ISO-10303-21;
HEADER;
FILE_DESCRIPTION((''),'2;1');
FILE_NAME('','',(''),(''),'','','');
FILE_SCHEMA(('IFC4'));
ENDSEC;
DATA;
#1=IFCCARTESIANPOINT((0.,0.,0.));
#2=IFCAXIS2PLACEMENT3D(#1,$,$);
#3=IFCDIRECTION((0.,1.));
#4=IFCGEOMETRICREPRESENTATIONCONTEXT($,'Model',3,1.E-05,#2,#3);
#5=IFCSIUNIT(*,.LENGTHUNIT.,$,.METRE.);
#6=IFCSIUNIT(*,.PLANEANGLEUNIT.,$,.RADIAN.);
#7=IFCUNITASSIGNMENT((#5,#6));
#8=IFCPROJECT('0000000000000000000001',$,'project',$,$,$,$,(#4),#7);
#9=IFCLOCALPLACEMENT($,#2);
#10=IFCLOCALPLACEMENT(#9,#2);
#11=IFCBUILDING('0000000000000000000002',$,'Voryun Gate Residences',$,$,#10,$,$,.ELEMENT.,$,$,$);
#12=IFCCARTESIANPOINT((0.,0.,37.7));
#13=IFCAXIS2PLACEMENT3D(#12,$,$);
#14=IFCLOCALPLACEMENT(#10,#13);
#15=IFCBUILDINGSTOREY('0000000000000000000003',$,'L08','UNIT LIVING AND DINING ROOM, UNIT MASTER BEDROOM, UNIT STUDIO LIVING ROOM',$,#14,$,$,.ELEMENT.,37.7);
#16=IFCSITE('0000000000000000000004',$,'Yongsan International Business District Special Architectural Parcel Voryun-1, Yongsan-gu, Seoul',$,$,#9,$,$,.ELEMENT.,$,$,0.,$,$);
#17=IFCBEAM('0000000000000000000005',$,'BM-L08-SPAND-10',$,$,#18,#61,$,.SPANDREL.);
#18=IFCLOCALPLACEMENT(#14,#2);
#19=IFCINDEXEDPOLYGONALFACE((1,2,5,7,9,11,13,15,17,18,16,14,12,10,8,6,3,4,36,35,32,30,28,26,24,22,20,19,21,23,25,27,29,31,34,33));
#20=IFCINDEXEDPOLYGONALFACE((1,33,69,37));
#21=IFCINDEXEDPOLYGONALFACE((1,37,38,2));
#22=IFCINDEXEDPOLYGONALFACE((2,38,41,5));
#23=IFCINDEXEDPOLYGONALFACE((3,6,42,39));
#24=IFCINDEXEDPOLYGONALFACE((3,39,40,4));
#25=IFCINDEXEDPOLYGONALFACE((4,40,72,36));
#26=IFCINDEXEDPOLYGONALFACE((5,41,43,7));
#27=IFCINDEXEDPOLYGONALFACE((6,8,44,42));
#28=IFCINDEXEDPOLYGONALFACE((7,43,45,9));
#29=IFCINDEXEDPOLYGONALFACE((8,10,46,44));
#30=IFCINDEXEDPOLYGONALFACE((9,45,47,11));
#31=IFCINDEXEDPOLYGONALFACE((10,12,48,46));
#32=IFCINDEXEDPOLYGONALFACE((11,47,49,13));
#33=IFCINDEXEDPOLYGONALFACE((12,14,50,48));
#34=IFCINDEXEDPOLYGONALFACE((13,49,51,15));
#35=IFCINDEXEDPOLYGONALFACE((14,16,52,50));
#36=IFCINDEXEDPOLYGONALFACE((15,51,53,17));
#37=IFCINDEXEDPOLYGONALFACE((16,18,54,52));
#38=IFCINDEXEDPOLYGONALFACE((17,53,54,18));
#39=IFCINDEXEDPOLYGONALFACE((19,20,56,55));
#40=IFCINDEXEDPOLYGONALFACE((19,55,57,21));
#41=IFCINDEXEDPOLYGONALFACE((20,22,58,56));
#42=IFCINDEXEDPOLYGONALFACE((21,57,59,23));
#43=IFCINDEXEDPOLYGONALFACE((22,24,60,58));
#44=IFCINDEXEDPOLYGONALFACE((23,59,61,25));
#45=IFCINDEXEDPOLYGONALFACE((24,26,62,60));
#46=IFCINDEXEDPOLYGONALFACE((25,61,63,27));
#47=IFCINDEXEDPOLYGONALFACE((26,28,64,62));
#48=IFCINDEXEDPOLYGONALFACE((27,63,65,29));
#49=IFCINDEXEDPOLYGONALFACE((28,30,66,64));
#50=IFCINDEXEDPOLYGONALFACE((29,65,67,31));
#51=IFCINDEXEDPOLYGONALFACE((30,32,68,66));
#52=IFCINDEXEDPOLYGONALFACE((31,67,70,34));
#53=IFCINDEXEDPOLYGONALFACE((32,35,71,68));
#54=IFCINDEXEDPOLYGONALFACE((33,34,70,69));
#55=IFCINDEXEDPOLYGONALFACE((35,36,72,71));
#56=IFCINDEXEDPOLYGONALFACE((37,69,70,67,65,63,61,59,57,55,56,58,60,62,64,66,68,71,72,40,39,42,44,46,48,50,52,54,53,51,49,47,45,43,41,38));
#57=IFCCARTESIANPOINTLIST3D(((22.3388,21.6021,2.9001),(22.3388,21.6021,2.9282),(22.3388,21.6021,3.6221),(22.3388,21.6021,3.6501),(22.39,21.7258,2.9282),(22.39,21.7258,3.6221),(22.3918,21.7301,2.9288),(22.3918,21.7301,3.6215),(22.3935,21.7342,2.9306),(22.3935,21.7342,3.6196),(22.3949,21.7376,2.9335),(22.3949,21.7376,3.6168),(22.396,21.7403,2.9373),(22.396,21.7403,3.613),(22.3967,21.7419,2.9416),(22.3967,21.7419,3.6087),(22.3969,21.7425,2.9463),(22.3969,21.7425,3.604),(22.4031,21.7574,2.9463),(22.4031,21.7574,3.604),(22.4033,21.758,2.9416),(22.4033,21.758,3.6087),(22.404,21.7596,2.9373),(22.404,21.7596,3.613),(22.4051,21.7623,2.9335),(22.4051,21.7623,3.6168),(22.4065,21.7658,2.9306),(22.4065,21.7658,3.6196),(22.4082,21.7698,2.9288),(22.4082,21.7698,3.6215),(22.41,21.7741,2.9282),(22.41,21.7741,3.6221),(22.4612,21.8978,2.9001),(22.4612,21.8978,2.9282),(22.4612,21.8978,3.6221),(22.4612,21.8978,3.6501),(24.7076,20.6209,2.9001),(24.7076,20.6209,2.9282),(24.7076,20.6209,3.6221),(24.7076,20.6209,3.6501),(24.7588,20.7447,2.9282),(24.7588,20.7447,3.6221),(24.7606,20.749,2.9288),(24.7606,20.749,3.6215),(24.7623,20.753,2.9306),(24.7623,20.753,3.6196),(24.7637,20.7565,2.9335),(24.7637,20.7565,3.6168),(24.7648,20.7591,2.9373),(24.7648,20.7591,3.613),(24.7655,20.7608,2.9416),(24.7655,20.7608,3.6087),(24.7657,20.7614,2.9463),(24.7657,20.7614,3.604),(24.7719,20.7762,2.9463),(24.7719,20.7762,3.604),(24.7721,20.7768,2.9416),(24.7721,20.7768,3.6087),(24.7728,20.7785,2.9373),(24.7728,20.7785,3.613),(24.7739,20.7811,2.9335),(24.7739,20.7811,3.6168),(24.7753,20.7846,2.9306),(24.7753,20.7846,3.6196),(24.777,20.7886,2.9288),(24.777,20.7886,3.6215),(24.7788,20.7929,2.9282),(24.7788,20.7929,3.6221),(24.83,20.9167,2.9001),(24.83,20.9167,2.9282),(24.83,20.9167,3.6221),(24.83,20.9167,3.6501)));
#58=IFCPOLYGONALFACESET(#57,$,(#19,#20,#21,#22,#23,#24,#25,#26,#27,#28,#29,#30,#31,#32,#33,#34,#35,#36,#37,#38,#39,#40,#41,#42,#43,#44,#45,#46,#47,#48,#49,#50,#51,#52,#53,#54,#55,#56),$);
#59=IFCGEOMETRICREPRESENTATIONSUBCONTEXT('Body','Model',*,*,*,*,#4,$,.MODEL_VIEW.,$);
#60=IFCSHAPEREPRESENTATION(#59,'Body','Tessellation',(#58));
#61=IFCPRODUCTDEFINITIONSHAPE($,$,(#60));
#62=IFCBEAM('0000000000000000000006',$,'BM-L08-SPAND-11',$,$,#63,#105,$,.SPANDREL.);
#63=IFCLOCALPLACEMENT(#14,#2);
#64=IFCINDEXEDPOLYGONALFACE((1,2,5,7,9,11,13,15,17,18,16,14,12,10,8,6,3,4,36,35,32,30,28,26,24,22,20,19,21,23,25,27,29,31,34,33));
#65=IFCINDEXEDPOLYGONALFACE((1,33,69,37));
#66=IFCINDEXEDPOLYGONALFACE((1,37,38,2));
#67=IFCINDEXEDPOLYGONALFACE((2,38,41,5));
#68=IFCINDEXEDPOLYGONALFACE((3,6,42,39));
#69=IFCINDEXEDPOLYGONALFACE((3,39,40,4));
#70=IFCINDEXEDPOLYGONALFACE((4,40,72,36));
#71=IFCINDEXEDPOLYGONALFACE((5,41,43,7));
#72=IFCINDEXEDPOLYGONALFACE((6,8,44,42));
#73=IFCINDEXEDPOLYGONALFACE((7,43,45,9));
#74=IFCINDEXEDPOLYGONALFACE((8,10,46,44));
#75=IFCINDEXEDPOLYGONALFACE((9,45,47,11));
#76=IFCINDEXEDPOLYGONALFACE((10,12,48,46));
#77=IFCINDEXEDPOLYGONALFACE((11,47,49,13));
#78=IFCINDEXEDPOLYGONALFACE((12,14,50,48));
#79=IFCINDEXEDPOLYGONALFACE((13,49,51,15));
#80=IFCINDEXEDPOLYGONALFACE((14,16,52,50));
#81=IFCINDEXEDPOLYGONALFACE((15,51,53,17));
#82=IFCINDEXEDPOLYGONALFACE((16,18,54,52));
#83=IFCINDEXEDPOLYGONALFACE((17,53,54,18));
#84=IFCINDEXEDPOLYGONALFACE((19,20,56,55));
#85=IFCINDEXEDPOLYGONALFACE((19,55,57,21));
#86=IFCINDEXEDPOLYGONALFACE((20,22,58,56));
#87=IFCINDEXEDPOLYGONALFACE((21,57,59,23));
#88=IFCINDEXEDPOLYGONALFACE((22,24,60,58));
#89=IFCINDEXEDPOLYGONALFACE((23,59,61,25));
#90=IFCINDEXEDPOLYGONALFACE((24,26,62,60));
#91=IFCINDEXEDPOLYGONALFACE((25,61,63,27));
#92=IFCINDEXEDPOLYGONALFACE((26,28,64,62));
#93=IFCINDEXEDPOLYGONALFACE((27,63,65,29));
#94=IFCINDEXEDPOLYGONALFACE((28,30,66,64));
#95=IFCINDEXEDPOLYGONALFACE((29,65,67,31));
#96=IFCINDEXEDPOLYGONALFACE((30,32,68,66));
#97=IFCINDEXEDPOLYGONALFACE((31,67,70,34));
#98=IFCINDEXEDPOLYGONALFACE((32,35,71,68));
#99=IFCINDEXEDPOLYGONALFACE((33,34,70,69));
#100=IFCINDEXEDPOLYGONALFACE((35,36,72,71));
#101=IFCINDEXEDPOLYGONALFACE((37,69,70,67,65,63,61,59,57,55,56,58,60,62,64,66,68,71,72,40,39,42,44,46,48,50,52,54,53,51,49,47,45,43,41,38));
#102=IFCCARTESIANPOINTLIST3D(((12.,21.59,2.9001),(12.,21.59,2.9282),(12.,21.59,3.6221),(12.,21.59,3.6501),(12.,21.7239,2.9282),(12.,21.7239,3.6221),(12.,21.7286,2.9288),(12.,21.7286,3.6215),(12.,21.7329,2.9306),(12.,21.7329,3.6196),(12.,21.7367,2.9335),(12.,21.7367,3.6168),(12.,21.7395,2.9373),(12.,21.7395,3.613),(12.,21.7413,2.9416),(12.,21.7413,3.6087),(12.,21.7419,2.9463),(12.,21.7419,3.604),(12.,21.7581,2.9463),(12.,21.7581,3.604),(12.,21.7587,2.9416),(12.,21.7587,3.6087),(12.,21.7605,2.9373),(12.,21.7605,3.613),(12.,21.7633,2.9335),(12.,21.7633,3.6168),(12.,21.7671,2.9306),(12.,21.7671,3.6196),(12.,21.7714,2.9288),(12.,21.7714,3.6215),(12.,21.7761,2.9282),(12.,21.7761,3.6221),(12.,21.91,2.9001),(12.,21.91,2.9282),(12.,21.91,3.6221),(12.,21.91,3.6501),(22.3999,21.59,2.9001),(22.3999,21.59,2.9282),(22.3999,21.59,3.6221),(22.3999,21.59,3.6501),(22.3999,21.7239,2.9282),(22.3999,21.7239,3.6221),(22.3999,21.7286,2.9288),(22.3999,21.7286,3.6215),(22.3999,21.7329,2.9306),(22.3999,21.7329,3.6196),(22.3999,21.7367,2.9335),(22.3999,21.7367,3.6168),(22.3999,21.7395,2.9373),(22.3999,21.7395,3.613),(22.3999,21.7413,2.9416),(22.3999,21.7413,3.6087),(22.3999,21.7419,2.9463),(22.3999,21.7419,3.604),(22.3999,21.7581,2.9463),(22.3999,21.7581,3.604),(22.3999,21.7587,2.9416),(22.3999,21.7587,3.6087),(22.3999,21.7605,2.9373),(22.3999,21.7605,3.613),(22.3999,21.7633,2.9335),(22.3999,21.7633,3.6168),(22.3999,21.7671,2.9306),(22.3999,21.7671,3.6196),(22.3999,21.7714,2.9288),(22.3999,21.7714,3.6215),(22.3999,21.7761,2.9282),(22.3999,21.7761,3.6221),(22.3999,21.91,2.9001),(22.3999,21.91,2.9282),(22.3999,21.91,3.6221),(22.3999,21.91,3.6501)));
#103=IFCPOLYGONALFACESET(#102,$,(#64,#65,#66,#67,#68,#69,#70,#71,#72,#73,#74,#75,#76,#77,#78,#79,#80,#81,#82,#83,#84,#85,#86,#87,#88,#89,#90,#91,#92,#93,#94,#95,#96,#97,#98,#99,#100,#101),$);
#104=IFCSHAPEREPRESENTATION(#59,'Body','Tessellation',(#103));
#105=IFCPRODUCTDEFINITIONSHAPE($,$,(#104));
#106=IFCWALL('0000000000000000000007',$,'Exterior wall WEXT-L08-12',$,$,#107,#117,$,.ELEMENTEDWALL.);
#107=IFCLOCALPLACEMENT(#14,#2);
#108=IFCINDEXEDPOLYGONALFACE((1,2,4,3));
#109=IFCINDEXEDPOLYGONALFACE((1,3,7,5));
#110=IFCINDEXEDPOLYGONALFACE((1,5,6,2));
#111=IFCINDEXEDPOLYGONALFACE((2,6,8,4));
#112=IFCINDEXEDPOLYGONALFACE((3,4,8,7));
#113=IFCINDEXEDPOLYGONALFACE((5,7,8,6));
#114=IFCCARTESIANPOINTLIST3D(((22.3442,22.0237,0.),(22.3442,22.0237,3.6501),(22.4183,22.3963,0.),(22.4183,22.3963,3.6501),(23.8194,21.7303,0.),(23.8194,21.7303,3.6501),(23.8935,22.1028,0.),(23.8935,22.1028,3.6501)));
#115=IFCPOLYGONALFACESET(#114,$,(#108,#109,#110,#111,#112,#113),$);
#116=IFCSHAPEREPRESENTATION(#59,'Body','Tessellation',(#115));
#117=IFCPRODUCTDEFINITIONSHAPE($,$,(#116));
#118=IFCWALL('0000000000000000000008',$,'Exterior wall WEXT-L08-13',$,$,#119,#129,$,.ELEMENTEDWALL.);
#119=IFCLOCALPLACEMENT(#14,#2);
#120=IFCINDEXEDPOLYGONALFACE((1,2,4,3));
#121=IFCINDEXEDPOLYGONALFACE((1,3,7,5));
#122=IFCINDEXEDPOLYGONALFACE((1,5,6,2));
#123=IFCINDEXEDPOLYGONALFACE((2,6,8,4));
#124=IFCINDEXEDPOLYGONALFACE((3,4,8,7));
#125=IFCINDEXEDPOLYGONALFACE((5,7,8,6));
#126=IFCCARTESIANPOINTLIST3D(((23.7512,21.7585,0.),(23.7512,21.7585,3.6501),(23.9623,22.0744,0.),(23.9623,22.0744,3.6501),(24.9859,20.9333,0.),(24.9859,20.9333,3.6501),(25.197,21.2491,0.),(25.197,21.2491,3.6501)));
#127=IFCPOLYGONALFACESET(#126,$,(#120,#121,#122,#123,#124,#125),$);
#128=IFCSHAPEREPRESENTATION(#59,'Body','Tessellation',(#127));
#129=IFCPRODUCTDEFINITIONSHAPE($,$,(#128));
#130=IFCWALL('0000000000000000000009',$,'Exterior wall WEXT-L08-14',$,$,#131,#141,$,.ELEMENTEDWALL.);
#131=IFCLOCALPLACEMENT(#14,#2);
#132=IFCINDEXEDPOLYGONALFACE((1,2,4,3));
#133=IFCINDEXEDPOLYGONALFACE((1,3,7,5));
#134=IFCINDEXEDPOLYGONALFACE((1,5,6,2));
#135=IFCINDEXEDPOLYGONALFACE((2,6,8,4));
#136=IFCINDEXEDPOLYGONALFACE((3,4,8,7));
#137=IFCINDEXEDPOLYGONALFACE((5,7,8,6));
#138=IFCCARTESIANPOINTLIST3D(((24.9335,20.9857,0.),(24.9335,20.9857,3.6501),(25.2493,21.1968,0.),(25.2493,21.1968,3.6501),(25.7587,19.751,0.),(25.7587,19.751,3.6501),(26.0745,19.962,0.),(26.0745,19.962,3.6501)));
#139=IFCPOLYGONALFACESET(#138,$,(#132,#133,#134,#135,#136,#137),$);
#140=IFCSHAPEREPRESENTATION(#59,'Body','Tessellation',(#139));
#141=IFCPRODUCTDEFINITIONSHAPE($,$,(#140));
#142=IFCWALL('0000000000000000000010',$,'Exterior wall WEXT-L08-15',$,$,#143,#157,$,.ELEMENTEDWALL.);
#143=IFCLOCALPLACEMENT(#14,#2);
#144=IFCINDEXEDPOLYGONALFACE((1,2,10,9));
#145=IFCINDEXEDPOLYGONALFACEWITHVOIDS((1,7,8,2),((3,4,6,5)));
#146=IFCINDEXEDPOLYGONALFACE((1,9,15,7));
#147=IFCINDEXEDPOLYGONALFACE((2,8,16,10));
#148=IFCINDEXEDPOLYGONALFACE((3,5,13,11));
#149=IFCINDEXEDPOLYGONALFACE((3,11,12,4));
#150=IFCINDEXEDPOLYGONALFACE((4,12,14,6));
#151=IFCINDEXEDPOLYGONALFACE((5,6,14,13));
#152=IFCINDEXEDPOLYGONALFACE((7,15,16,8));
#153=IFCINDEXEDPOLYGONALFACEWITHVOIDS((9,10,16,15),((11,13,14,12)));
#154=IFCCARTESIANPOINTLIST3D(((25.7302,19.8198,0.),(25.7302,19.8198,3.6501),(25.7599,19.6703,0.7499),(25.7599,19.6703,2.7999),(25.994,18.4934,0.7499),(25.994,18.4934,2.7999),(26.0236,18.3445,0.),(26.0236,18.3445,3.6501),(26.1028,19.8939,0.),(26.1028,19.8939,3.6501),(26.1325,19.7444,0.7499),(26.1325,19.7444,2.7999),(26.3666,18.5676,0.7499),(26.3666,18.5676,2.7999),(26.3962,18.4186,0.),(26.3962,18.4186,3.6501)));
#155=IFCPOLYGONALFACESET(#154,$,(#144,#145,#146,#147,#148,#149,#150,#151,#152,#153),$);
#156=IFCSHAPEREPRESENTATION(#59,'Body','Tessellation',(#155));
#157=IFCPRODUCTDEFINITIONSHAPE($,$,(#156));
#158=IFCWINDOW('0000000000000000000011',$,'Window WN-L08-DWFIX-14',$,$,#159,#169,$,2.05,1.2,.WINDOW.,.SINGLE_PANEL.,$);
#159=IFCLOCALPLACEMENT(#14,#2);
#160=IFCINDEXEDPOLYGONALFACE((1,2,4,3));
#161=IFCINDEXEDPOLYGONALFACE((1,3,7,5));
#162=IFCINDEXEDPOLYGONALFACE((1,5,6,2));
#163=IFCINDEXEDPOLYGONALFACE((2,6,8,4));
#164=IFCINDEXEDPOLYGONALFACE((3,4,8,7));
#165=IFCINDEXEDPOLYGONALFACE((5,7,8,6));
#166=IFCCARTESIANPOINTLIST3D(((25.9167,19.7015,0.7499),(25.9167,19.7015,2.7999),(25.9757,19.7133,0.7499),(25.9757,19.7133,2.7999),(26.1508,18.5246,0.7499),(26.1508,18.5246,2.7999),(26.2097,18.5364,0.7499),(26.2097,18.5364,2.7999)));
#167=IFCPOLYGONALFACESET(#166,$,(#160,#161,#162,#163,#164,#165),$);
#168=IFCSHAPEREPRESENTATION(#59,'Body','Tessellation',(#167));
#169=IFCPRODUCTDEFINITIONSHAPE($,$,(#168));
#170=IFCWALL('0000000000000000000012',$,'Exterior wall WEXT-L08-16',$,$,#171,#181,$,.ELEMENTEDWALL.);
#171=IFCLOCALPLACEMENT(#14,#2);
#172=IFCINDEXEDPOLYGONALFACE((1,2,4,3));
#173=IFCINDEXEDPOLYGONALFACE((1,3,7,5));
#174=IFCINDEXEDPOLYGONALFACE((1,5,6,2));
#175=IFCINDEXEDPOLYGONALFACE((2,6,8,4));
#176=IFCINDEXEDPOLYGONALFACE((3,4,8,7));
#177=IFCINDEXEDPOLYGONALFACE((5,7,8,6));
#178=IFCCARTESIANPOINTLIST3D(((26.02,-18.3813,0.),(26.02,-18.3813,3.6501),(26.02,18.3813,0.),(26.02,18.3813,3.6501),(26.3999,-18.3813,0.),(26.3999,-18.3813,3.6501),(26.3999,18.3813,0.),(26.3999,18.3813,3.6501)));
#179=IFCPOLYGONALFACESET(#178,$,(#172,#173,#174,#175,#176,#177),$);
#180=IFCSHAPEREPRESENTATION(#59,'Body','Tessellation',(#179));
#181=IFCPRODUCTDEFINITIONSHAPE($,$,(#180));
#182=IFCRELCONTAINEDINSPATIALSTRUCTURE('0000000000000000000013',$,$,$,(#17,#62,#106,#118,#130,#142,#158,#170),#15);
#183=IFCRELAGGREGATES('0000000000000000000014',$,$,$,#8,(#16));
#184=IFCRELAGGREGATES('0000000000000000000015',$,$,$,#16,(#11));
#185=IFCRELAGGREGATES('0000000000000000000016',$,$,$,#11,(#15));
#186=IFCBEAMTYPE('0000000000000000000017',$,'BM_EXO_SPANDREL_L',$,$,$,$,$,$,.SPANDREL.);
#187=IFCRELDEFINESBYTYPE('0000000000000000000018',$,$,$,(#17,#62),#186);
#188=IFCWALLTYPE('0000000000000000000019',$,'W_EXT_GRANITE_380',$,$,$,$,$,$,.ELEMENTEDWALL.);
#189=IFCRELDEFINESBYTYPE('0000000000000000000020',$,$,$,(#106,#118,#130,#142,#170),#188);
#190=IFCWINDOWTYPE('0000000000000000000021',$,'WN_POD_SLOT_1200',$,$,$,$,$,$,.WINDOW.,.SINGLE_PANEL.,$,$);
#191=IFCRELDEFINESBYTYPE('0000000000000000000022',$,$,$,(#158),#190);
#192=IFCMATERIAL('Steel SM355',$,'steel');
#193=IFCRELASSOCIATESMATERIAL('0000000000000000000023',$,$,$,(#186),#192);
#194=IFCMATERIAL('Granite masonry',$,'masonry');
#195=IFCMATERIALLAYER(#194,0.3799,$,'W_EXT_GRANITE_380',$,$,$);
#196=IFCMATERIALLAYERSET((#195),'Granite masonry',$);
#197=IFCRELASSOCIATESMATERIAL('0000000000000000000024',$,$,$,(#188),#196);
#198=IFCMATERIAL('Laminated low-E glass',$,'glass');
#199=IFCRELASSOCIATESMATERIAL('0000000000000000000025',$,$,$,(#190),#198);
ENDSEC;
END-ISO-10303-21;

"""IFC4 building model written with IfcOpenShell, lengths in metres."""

from ifc_helpers import new_model, si_unit, direction, frame, frame_2d, origin, origin_2d, place, context, subcontext, project, spatial, rectangle, i_section, extrude, material, layer, layer_set, material_profile, profile_set, type_object, element, fill, save


model = new_model("IFC4")

# Units and contexts
model_context = context("Model", 3, precision=1e-05, world=origin(), true_north=direction((0.0, 1.0)))
body_context = subcontext(model_context, "Body", "Model", "MODEL_VIEW")
ifc_project = project(units=[si_unit("LENGTHUNIT", "METRE"), si_unit("PLANEANGLEUNIT", "RADIAN")], contexts=[model_context])

# Site, building, storey
site_placement = place(None, origin())
site = spatial("IfcSite", under=ifc_project, at=site_placement, Name="Yongsan International Business District Special Architectural Parcel Voryun-1, Yongsan-gu, Seoul", CompositionType="ELEMENT", RefElevation=0.0)
building_placement = place(site_placement, origin())
building = spatial("IfcBuilding", under=site, at=building_placement, Name="Voryun Gate Residences", CompositionType="ELEMENT")
storey_placement = place(building_placement, frame((0.0, 0.0, 37.7)))
storey = spatial("IfcBuildingStorey", under=building, at=storey_placement, Name="L08", Description="UNIT LIVING AND DINING ROOM, UNIT MASTER BEDROOM, UNIT STUDIO LIVING ROOM", CompositionType="ELEMENT", Elevation=37.7)

# Beams
ifc_material_1 = material(Name="Steel SM355", Category="steel")
ifc_material_profile_1 = material_profile(ifc_material_1, i_section(OverallWidth=0.3201, OverallDepth=0.75, WebThickness=0.0161, FlangeThickness=0.0281, FilletRadius=0.0181, at=origin_2d()), Name="H-750x320x16x28")
ifc_profile_set_1 = profile_set([ifc_material_profile_1], Name="Steel SM355")
beam_type = type_object("IfcBeamType", Name="BM_EXO_SPANDREL_L", PredefinedType="SPANDREL", material=ifc_profile_set_1)
beam_1_placement = place(storey_placement, frame((24.7688, 20.7688, 3.2751), z_axis=(-0.923883, 0.382674, 0.0), x_axis=(-0.382674, -0.923883, 0.0)))
element("IfcBeam", 1, at=beam_1_placement, inside=storey, type_object=beam_type, Name="BM-L08-SPAND-10", PredefinedType="SPANDREL", context=body_context, shape_type="SweptSolid", body=[
    extrude(i_section(OverallWidth=0.3201, OverallDepth=0.75, WebThickness=0.0161, FlangeThickness=0.0281, FilletRadius=0.0181, at=origin_2d()), origin(), (0.0, 0.0, 1.0), 2.564),
])
beam_2_placement = place(storey_placement, frame((22.3999, 21.75, 3.2751), z_axis=(-1.0, 0.0, 0.0), x_axis=(0.0, -1.0, 0.0)))
element("IfcBeam", 2, at=beam_2_placement, inside=storey, type_object=beam_type, Name="BM-L08-SPAND-11", PredefinedType="SPANDREL", context=body_context, shape_type="SweptSolid", body=[
    extrude(i_section(OverallWidth=0.3201, OverallDepth=0.75, WebThickness=0.0161, FlangeThickness=0.0281, FilletRadius=0.0181, at=origin_2d()), origin(), (0.0, 0.0, 1.0), 10.3999),
])

# Walls
ifc_material_2 = material(Name="Granite masonry", Category="masonry")
ifc_layer_1 = layer(ifc_material_2, 0.3799, Name="W_EXT_GRANITE_380")
ifc_layer_set_1 = layer_set([ifc_layer_1], Name="Granite masonry")
wall_type_1 = type_object("IfcWallType", Name="W_EXT_GRANITE_380", PredefinedType="ELEMENTEDWALL", material=ifc_layer_set_1)
wall_1_placement = place(storey_placement, frame((22.3813, 22.21, 0.0), z_axis=(0.0, 0.0, 1.0), x_axis=(0.980786, -0.195086, 0.0)))
element("IfcWall", 3, at=wall_1_placement, inside=storey, type_object=wall_type_1, Name="Exterior wall WEXT-L08-12", PredefinedType="ELEMENTEDWALL", context=body_context, shape_type="SweptSolid", body=[
    extrude(rectangle(XDim=1.5042, YDim=0.3799, at=frame_2d((0.752, 0.0))), origin(), (0.0, 0.0, 1.0), 3.6501),
])
for number, where, z_axis, x_axis, name in (
    (4, (23.8567, 21.9165, 0.0), (0.0, 0.0, 1.0), (0.831392, -0.555686, 0.0), "Exterior wall WEXT-L08-13"),
    (5, (25.0913, 21.0913, 0.0), (0.0, 0.0, 1.0), (0.555686, -0.831392, 0.0), "Exterior wall WEXT-L08-14"),
):
    element("IfcWall", number, at=place(storey_placement, frame(where, z_axis=z_axis, x_axis=x_axis)), inside=storey, type_object=wall_type_1, Name=name, PredefinedType="ELEMENTEDWALL", context=body_context, shape_type="SweptSolid", body=[
        extrude(rectangle(XDim=1.4851, YDim=0.3799, at=frame_2d((0.7427, 0.0))), origin(), (0.0, 0.0, 1.0), 3.6501),
    ])

# Wall, opening, window
wall_2_placement = place(storey_placement, frame((25.9165, 19.8567, 0.0), z_axis=(0.0, 0.0, 1.0), x_axis=(0.195086, -0.980786, 0.0)))
wall_2 = element("IfcWall", 6, at=wall_2_placement, inside=storey, type_object=wall_type_1, Name="Exterior wall WEXT-L08-15", PredefinedType="ELEMENTEDWALL", context=body_context, shape_type="SweptSolid", body=[
    extrude(rectangle(XDim=1.5042, YDim=0.3799, at=frame_2d((0.752, 0.0))), origin(), (0.0, 0.0, 1.0), 3.6501),
])
opening_1_placement = place(wall_2_placement, frame((0.1521, 0.0, 0.75)))
opening_1 = element("IfcOpeningElement", 7, at=opening_1_placement, cuts=wall_2, PredefinedType="OPENING", context=body_context, shape_type="SweptSolid", body=[
    extrude(rectangle(XDim=1.2, YDim=2.05, at=frame_2d((0.6001, 1.0249))), frame((0.0, 0.2, 0.0), z_axis=(0.0, -1.0, 0.0), x_axis=(1.0, 0.0, 0.0)), (0.0, 0.0, 1.0), 0.3999),
])
ifc_material_3 = material(Name="Laminated low-E glass", Category="glass")
window_type = type_object("IfcWindowType", Name="WN_POD_SLOT_1200", PartitioningType="SINGLE_PANEL", PredefinedType="WINDOW", material=ifc_material_3)
window_placement = place(opening_1_placement, origin())
window = element("IfcWindow", 8, at=window_placement, inside=storey, type_object=window_type, Name="Window WN-L08-DWFIX-14", OverallHeight=2.05, OverallWidth=1.2, PartitioningType="SINGLE_PANEL", PredefinedType="WINDOW", context=body_context, shape_type="SweptSolid", body=[
    extrude(rectangle(XDim=1.2, YDim=2.05, at=frame_2d((0.6001, 1.0249))), frame((0.0, 0.03, 0.0), z_axis=(0.0, -1.0, 0.0), x_axis=(1.0, 0.0, 0.0)), (0.0, 0.0, 1.0), 0.0601),
])
fill(opening_1, window)

# Wall
wall_3_placement = place(storey_placement, frame((26.21, 18.3813, 0.0), z_axis=(0.0, 0.0, 1.0), x_axis=(0.0, -1.0, 0.0)))
element("IfcWall", 9, at=wall_3_placement, inside=storey, type_object=wall_type_1, Name="Exterior wall WEXT-L08-16", PredefinedType="ELEMENTEDWALL", context=body_context, shape_type="SweptSolid", body=[
    extrude(rectangle(XDim=36.7627, YDim=0.3799, at=frame_2d((18.3813, 0.0))), origin(), (0.0, 0.0, 1.0), 3.6501),
])

save(model, "model.ifc")
